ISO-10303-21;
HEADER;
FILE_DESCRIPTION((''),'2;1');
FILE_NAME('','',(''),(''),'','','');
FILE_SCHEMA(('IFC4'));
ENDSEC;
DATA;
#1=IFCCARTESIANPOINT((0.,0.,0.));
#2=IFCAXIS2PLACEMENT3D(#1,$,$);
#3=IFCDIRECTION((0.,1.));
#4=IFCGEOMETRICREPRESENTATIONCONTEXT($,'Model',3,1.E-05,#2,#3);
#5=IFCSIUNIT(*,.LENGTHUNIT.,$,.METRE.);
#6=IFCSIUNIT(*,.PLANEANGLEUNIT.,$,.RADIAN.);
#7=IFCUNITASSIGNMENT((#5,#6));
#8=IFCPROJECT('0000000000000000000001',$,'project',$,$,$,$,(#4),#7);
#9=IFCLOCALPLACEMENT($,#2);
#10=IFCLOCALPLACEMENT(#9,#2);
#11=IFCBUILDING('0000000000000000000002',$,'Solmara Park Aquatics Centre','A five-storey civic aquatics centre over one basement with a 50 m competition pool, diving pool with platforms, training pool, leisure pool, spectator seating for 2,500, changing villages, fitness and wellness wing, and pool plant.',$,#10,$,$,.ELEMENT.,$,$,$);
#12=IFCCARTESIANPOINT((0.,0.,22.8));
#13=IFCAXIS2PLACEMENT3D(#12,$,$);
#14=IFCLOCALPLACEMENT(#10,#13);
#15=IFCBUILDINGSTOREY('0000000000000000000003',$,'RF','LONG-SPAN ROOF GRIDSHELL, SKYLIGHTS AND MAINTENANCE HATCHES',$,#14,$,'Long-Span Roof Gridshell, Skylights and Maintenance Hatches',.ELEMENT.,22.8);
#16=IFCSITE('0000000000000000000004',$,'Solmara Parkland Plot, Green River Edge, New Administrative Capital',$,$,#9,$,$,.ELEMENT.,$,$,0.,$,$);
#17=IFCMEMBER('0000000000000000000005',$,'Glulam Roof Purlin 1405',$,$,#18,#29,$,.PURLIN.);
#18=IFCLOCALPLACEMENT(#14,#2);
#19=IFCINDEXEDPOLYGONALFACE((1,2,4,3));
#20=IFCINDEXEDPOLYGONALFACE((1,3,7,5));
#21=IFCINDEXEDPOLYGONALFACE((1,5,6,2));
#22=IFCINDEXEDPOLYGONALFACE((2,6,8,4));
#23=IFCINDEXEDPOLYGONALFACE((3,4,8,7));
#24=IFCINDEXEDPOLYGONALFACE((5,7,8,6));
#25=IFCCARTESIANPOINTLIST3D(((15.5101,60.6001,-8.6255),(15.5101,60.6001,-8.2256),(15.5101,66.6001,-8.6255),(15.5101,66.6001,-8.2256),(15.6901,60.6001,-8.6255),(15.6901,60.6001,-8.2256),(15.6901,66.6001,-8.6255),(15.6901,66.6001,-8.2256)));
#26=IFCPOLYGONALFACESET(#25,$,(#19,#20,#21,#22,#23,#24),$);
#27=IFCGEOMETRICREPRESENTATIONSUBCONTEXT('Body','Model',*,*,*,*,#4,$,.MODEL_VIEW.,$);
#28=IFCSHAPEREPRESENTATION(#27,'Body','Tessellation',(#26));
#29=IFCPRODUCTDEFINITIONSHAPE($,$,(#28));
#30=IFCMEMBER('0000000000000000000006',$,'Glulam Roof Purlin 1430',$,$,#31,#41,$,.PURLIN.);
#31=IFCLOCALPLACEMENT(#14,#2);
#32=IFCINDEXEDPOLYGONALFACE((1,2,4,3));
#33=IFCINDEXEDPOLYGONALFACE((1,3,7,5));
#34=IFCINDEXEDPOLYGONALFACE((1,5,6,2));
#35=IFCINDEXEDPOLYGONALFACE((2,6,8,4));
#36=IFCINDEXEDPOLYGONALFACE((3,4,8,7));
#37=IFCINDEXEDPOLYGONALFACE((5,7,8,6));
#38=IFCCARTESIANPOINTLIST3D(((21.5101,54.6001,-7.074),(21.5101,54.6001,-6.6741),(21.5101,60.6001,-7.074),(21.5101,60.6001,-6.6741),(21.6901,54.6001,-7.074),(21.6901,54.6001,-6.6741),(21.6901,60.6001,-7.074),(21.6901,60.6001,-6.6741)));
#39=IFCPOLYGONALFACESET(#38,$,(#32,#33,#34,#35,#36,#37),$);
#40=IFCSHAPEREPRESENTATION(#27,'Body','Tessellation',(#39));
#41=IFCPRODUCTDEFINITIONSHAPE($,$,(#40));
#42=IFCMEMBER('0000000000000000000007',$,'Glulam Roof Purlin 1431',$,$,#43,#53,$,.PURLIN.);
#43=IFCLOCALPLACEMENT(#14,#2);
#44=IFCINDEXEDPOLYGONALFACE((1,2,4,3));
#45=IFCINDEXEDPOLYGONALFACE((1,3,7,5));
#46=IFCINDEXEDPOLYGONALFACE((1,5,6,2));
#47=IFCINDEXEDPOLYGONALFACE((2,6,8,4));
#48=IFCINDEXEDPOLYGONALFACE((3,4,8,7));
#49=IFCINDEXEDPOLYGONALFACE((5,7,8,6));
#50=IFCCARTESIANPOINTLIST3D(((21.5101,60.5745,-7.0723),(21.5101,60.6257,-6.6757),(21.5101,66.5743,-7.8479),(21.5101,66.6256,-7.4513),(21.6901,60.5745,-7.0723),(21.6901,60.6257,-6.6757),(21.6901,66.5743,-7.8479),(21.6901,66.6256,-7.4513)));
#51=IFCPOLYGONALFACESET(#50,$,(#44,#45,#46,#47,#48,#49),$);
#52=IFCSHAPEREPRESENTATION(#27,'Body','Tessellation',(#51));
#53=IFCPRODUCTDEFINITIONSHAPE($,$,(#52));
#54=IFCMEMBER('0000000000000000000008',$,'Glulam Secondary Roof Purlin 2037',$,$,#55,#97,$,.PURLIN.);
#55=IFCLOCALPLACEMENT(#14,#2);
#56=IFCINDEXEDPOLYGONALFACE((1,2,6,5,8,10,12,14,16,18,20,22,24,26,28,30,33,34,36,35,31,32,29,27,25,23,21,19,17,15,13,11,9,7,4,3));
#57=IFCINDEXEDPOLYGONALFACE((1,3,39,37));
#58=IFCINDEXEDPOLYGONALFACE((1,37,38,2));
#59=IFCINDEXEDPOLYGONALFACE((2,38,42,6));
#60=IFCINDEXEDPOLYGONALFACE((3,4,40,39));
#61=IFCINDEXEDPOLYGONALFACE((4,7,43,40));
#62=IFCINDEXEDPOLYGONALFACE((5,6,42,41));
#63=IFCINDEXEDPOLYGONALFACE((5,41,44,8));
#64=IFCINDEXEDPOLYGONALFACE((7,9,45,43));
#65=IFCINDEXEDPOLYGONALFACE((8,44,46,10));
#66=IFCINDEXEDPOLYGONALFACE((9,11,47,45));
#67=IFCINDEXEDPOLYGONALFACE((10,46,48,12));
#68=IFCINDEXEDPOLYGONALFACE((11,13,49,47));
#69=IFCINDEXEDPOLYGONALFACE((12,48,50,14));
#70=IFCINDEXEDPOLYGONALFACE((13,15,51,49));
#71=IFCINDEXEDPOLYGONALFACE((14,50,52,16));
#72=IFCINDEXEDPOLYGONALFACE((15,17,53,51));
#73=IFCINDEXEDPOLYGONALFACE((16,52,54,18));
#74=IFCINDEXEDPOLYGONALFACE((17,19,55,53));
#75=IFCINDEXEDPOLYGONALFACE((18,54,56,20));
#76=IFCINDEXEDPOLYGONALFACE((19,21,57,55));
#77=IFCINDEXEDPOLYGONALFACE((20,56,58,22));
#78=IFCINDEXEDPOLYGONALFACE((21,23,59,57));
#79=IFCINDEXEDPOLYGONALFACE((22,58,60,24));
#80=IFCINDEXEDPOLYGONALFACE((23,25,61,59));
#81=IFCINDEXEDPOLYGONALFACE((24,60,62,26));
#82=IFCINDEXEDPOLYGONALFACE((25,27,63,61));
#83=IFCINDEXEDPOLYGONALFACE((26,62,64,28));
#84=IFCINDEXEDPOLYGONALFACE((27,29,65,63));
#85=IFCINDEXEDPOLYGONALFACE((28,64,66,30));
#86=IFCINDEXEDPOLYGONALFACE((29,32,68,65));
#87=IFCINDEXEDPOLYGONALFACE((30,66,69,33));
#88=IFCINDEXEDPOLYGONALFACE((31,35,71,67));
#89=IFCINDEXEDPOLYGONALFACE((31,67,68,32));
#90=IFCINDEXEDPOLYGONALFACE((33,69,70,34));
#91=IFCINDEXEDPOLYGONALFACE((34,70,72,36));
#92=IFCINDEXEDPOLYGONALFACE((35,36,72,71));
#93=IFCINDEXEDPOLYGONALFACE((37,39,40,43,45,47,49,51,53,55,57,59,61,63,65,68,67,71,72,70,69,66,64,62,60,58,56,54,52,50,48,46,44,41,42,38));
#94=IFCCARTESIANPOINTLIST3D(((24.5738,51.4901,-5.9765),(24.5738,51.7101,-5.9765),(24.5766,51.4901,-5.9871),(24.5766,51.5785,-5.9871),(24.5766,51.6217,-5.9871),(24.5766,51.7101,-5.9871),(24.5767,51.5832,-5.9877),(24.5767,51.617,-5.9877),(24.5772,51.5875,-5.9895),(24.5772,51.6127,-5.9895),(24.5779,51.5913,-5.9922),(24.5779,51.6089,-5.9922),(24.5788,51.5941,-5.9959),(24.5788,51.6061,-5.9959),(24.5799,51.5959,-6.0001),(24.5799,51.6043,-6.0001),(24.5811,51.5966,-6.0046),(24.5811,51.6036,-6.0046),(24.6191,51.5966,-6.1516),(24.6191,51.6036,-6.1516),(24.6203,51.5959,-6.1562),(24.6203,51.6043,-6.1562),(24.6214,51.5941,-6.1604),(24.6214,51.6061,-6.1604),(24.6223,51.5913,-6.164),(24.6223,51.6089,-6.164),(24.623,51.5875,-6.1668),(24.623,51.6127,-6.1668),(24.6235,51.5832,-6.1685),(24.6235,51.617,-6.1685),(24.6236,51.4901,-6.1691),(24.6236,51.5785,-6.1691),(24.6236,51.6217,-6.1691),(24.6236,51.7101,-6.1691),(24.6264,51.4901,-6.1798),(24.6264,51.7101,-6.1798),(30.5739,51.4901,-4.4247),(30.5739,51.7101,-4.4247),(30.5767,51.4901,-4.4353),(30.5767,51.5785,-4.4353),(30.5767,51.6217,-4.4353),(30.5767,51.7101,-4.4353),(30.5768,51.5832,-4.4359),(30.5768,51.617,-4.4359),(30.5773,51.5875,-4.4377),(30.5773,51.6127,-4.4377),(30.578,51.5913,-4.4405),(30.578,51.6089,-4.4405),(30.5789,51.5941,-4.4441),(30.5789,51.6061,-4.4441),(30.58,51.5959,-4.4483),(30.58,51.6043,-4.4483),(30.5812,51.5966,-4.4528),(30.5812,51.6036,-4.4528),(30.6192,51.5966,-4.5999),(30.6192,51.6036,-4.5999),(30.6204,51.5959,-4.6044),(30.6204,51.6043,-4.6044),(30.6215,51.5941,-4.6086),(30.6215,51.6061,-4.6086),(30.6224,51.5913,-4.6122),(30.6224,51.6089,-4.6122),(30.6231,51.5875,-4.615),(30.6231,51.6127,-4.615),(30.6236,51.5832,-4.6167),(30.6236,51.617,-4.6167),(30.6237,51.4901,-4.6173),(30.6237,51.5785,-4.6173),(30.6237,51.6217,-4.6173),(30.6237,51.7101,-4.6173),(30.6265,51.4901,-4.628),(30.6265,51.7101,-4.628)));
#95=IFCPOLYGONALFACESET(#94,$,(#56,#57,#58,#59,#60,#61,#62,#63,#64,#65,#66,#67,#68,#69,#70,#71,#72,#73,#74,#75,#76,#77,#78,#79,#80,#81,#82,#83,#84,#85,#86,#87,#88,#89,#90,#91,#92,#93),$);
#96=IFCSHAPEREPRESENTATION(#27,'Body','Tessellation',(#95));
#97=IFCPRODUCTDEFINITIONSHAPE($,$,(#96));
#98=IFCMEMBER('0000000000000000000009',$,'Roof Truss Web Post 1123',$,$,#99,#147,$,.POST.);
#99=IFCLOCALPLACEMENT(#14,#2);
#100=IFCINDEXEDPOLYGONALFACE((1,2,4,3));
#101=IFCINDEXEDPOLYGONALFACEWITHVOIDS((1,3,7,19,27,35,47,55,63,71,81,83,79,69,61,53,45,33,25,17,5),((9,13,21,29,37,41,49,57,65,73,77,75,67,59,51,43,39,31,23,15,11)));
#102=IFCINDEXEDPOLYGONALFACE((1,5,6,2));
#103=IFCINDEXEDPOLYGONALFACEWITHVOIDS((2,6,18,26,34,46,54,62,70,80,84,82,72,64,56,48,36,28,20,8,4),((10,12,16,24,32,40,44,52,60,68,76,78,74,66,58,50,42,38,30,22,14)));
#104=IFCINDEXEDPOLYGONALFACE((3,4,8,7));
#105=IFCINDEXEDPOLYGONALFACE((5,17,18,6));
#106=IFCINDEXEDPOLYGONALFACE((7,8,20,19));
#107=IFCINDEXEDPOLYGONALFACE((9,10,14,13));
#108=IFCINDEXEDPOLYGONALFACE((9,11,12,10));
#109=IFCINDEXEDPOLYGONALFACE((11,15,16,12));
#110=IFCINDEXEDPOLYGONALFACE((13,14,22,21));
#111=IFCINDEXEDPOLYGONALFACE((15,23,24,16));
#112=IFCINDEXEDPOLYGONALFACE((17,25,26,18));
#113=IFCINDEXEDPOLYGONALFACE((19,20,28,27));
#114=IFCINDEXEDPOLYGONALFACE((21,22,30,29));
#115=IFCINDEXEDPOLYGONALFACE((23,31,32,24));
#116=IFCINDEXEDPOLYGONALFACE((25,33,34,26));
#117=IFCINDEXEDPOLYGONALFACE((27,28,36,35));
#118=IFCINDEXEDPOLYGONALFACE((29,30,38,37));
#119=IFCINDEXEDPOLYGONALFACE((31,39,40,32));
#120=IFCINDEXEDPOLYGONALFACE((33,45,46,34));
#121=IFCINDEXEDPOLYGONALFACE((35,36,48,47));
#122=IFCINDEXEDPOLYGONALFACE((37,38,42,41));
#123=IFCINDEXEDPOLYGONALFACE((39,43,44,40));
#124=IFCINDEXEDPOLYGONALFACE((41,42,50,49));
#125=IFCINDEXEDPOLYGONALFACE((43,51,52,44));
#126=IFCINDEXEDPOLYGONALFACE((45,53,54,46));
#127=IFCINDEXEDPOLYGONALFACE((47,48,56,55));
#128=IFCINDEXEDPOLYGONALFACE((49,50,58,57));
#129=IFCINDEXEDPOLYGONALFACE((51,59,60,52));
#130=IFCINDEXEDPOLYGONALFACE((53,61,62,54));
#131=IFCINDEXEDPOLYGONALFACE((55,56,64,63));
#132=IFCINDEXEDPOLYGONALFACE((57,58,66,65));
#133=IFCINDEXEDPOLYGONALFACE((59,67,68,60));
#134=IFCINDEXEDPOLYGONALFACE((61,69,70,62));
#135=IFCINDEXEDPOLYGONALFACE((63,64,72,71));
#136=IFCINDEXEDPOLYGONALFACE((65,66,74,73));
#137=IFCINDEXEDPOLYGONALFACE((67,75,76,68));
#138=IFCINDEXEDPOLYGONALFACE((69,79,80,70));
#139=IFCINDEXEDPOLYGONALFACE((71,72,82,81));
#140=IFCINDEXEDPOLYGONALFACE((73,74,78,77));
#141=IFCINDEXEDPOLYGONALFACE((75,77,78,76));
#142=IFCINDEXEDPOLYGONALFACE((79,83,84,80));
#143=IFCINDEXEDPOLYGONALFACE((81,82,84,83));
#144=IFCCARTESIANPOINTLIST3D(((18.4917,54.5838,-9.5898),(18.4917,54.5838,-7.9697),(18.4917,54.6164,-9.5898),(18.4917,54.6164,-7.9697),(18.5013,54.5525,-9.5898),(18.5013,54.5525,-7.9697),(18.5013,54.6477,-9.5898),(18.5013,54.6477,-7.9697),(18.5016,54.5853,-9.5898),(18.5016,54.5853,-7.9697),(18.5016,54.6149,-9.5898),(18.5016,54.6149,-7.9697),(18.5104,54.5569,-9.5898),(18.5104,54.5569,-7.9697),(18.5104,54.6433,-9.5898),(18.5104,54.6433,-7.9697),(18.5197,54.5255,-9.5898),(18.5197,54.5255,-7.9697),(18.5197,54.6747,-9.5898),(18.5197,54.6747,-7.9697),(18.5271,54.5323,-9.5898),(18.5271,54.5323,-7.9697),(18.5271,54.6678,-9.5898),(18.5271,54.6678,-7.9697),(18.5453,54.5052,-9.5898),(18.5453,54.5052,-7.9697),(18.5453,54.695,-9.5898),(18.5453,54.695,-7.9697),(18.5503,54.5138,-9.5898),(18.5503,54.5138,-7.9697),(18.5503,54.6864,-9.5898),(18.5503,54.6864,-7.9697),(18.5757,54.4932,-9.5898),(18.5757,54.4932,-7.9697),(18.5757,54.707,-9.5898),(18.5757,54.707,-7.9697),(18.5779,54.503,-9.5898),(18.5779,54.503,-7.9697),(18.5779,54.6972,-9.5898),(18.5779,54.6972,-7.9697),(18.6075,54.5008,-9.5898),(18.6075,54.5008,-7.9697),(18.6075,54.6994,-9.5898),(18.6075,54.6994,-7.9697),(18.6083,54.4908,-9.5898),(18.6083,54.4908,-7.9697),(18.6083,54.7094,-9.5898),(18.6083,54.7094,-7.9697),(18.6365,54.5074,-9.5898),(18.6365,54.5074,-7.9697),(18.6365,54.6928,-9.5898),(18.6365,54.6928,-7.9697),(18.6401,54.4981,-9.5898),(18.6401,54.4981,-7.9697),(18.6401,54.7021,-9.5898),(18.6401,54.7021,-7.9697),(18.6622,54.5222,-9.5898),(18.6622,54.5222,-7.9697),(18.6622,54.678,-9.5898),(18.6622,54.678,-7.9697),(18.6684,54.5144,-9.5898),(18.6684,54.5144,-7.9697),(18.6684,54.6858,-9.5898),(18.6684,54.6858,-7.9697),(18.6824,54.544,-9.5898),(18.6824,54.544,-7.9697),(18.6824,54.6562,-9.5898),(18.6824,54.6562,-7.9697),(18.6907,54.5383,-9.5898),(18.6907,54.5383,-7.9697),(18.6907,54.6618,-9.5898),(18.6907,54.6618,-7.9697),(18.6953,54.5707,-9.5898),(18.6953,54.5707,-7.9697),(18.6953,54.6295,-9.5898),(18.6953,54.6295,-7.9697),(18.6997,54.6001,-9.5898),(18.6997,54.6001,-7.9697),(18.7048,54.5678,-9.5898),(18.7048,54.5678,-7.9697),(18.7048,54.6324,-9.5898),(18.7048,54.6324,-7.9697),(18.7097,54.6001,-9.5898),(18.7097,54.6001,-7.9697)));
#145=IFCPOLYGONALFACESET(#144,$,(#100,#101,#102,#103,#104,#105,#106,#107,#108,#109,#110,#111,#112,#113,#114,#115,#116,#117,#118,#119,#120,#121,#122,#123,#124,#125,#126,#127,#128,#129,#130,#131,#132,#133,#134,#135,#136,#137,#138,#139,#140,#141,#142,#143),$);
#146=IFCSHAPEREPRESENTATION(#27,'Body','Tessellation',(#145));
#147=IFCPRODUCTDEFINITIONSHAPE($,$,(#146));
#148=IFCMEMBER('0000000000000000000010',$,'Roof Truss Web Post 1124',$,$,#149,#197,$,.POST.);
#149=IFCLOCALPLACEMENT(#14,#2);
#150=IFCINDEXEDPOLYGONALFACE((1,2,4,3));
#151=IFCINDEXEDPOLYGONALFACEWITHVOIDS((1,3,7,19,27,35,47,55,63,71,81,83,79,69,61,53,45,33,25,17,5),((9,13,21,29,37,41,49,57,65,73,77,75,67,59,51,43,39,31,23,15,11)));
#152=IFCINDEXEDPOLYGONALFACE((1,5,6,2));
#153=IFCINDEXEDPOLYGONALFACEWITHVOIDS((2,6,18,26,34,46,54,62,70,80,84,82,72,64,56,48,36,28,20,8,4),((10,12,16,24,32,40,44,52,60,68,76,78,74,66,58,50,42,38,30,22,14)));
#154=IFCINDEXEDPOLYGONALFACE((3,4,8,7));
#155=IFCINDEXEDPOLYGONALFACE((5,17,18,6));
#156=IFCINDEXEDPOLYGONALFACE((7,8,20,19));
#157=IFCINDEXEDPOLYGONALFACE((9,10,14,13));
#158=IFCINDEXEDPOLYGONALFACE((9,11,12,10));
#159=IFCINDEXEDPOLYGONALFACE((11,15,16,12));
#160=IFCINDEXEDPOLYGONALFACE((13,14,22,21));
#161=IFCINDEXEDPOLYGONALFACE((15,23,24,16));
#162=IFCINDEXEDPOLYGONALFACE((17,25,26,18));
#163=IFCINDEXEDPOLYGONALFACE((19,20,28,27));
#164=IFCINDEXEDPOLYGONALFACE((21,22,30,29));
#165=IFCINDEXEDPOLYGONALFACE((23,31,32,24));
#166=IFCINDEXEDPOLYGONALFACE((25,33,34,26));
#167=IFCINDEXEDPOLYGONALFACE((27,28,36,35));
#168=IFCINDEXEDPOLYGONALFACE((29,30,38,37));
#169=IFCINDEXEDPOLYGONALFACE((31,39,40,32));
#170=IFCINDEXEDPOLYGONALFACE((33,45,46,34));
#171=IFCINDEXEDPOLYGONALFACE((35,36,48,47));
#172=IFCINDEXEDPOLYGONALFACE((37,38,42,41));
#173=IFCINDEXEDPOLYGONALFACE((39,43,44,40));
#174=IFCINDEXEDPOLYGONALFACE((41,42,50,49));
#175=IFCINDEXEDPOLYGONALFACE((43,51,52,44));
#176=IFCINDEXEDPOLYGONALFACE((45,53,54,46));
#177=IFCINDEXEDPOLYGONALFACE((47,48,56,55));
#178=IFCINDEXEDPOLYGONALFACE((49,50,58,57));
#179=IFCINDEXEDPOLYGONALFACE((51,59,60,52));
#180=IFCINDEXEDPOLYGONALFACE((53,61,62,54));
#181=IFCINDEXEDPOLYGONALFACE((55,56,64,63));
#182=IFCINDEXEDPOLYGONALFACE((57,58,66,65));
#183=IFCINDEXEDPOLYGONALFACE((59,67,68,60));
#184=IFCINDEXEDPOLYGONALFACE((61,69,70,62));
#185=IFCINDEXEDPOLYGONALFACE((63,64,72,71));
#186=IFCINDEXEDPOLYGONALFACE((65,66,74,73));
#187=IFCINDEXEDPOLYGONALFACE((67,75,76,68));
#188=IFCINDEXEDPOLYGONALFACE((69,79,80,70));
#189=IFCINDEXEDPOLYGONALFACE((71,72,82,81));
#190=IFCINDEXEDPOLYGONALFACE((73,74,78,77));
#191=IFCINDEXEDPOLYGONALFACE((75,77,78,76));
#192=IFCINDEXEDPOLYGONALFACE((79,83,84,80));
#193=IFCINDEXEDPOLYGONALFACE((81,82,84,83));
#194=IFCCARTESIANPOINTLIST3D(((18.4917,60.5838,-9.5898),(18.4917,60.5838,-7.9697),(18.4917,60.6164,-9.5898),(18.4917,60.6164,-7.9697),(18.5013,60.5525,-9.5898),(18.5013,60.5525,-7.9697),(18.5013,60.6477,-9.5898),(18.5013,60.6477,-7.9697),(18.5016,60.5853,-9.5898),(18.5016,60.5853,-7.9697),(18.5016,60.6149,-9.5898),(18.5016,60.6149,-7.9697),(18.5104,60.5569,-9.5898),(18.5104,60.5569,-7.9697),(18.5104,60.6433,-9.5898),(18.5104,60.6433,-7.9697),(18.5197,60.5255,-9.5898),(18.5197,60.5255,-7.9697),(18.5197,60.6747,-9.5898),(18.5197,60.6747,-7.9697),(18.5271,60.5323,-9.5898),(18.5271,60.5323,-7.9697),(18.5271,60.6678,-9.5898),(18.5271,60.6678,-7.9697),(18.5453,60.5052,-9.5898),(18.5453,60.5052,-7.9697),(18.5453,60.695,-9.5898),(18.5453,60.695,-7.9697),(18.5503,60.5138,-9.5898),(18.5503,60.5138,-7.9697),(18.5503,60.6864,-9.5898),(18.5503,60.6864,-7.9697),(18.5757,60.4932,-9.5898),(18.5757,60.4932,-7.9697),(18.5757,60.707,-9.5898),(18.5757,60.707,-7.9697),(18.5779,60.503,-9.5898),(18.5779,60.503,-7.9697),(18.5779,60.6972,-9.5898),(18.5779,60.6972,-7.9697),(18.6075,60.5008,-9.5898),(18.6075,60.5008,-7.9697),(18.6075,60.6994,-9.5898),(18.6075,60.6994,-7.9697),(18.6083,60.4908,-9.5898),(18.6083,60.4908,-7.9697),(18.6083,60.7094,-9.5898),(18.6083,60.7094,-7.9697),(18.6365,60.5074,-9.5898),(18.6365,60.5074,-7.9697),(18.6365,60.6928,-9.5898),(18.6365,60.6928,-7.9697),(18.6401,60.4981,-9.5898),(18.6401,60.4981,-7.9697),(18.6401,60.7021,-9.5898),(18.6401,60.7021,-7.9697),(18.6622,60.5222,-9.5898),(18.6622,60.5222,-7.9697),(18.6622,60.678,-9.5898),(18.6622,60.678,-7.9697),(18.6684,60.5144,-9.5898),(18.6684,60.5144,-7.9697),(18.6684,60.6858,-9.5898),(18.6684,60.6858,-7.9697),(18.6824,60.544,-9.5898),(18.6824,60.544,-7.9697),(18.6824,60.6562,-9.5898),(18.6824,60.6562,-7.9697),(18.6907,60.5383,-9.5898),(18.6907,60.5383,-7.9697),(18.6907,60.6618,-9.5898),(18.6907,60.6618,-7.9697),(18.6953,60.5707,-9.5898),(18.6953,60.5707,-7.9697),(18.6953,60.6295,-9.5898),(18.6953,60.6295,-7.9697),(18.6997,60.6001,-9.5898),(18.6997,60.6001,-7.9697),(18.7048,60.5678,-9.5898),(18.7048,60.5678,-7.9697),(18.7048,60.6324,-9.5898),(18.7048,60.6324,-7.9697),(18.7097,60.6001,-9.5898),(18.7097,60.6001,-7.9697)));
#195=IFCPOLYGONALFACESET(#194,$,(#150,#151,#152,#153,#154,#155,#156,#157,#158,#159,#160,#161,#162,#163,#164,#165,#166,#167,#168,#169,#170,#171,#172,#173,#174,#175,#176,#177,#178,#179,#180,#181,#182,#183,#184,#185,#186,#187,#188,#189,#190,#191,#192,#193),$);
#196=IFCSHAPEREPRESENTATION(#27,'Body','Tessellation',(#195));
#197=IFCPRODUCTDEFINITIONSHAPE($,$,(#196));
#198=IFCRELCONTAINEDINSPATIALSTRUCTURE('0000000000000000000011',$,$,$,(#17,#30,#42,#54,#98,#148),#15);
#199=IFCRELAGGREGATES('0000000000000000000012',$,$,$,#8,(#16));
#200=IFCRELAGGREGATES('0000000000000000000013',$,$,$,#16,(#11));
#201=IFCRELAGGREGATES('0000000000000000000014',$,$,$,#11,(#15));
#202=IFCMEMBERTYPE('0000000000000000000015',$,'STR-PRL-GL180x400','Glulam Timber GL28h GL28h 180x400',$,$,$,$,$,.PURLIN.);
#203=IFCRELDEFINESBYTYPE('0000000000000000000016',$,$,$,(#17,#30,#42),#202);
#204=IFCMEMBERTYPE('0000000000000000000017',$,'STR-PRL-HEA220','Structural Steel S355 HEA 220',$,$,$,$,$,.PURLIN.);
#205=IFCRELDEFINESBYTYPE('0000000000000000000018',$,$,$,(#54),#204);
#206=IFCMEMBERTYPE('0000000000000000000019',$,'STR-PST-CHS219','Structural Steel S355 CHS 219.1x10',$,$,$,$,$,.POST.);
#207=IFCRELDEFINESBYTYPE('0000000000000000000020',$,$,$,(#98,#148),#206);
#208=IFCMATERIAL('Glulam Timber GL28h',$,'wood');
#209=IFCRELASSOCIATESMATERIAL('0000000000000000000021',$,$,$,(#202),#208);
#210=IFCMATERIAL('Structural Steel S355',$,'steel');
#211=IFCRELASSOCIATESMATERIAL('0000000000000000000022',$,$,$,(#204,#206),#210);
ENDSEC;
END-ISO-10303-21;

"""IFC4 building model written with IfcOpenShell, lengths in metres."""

from ifc_helpers import new_model, si_unit, direction, frame, origin, origin_2d, place, context, subcontext, project, spatial, rectangle, hollow_circle, i_section, extrude, material, material_profile, profile_set, type_object, element, save


model = new_model("IFC4")

# Units and contexts
model_context = context("Model", 3, precision=1e-05, world=origin(), true_north=direction((0.0, 1.0)))
body_context = subcontext(model_context, "Body", "Model", "MODEL_VIEW")
ifc_project = project(units=[si_unit("LENGTHUNIT", "METRE"), si_unit("PLANEANGLEUNIT", "RADIAN")], contexts=[model_context])

# Site, building, storey
site_placement = place(None, origin())
site = spatial("IfcSite", under=ifc_project, at=site_placement, Name="Solmara Parkland Plot, Green River Edge, New Administrative Capital", CompositionType="ELEMENT", RefElevation=0.0)
building_placement = place(site_placement, origin())
building = spatial("IfcBuilding", under=site, at=building_placement, Name="Solmara Park Aquatics Centre", Description="A five-storey civic aquatics centre over one basement with a 50 m competition pool, diving pool with platforms, training pool, leisure pool, spectator seating for 2,500, changing villages, fitness and wellness wing, and pool plant.", CompositionType="ELEMENT")
storey_placement = place(building_placement, frame((0.0, 0.0, 22.8)))
storey = spatial("IfcBuildingStorey", under=building, at=storey_placement, Name="RF", Description="LONG-SPAN ROOF GRIDSHELL, SKYLIGHTS AND MAINTENANCE HATCHES", LongName="Long-Span Roof Gridshell, Skylights and Maintenance Hatches", CompositionType="ELEMENT", Elevation=22.8)

# Members
ifc_material_1 = material(Name="Structural Steel S355", Category="steel")
ifc_material_2 = material(Name="Glulam Timber GL28h", Category="wood")
ifc_material_profile_1 = material_profile(ifc_material_2, rectangle(XDim=0.1799, YDim=0.3999, at=origin_2d()), Name="GL28h 180x400")
ifc_profile_set_1 = profile_set([ifc_material_profile_1], Name="Glulam Timber GL28h")
member_type_1 = type_object("IfcMemberType", Name="STR-PRL-GL180x400", Description="Glulam Timber GL28h GL28h 180x400", PredefinedType="PURLIN", material=ifc_profile_set_1)
for number, where, z_axis, x_axis, name in (
    (1, (15.6001, 60.6001, -8.4255), (0.0, 1.0, 0.0), (-1.0, 0.0, 0.0), "Glulam Roof Purlin 1405"),
    (2, (21.6001, 54.6001, -6.874), (0.0, 1.0, 0.0), (-1.0, 0.0, 0.0), "Glulam Roof Purlin 1430"),
):
    element("IfcMember", number, at=place(storey_placement, frame(where, z_axis=z_axis, x_axis=x_axis)), inside=storey, type_object=member_type_1, Name=name, PredefinedType="PURLIN", context=body_context, shape_type="SweptSolid", body=[
        extrude(rectangle(XDim=0.1799, YDim=0.3999, at=origin_2d()), origin(), (0.0, 0.0, 1.0), 6.0),
    ])
member_1_placement = place(storey_placement, frame((21.6001, 60.6001, -6.874), z_axis=(0.0, 0.991748, -0.128206), x_axis=(-1.0, 0.0, 0.0)))
element("IfcMember", 3, at=member_1_placement, inside=storey, type_object=member_type_1, Name="Glulam Roof Purlin 1431", PredefinedType="PURLIN", context=body_context, shape_type="SweptSolid", body=[
    extrude(rectangle(XDim=0.1799, YDim=0.3999, at=origin_2d()), origin(), (0.0, 0.0, 1.0), 6.0498),
])
ifc_material_profile_2 = material_profile(ifc_material_1, i_section(OverallWidth=0.22, OverallDepth=0.21, WebThickness=0.0071, FlangeThickness=0.011, FilletRadius=0.0181, at=origin_2d()), Name="HEA 220")
ifc_profile_set_2 = profile_set([ifc_material_profile_2], Name="Structural Steel S355")
member_type_2 = type_object("IfcMemberType", Name="STR-PRL-HEA220", Description="Structural Steel S355 HEA 220", PredefinedType="PURLIN", material=ifc_profile_set_2)
member_2_placement = place(storey_placement, frame((24.6001, 51.6001, -6.0781), z_axis=(0.968146, 0.0, 0.250388), x_axis=(0.0, 1.0, 0.0)))
element("IfcMember", 4, at=member_2_placement, inside=storey, type_object=member_type_2, Name="Glulam Secondary Roof Purlin 2037", PredefinedType="PURLIN", context=body_context, shape_type="SweptSolid", body=[
    extrude(i_section(OverallWidth=0.22, OverallDepth=0.21, WebThickness=0.0071, FlangeThickness=0.011, FilletRadius=0.0181, at=origin_2d()), origin(), (0.0, 0.0, 1.0), 6.1975),
])
ifc_material_profile_3 = material_profile(ifc_material_1, hollow_circle(Radius=0.1096, WallThickness=0.01, at=origin_2d()), Name="CHS 219.1x10")
ifc_profile_set_3 = profile_set([ifc_material_profile_3], Name="Structural Steel S355")
member_type_3 = type_object("IfcMemberType", Name="STR-PST-CHS219", Description="Structural Steel S355 CHS 219.1x10", PredefinedType="POST", material=ifc_profile_set_3)
for number, where, z_axis, x_axis, name in (
    (5, (18.6001, 54.6001, -9.5898), (0.0, 0.0, 1.0), (1.0, 0.0, 0.0), "Roof Truss Web Post 1123"),
    (6, (18.6001, 60.6001, -9.5898), (0.0, 0.0, 1.0), (1.0, 0.0, 0.0), "Roof Truss Web Post 1124"),
):
    element("IfcMember", number, at=place(storey_placement, frame(where, z_axis=z_axis, x_axis=x_axis)), inside=storey, type_object=member_type_3, Name=name, PredefinedType="POST", context=body_context, shape_type="SweptSolid", body=[
        extrude(hollow_circle(Radius=0.1096, WallThickness=0.01, at=origin_2d()), origin(), (0.0, 0.0, 1.0), 1.6201),
    ])

save(model, "model.ifc")
